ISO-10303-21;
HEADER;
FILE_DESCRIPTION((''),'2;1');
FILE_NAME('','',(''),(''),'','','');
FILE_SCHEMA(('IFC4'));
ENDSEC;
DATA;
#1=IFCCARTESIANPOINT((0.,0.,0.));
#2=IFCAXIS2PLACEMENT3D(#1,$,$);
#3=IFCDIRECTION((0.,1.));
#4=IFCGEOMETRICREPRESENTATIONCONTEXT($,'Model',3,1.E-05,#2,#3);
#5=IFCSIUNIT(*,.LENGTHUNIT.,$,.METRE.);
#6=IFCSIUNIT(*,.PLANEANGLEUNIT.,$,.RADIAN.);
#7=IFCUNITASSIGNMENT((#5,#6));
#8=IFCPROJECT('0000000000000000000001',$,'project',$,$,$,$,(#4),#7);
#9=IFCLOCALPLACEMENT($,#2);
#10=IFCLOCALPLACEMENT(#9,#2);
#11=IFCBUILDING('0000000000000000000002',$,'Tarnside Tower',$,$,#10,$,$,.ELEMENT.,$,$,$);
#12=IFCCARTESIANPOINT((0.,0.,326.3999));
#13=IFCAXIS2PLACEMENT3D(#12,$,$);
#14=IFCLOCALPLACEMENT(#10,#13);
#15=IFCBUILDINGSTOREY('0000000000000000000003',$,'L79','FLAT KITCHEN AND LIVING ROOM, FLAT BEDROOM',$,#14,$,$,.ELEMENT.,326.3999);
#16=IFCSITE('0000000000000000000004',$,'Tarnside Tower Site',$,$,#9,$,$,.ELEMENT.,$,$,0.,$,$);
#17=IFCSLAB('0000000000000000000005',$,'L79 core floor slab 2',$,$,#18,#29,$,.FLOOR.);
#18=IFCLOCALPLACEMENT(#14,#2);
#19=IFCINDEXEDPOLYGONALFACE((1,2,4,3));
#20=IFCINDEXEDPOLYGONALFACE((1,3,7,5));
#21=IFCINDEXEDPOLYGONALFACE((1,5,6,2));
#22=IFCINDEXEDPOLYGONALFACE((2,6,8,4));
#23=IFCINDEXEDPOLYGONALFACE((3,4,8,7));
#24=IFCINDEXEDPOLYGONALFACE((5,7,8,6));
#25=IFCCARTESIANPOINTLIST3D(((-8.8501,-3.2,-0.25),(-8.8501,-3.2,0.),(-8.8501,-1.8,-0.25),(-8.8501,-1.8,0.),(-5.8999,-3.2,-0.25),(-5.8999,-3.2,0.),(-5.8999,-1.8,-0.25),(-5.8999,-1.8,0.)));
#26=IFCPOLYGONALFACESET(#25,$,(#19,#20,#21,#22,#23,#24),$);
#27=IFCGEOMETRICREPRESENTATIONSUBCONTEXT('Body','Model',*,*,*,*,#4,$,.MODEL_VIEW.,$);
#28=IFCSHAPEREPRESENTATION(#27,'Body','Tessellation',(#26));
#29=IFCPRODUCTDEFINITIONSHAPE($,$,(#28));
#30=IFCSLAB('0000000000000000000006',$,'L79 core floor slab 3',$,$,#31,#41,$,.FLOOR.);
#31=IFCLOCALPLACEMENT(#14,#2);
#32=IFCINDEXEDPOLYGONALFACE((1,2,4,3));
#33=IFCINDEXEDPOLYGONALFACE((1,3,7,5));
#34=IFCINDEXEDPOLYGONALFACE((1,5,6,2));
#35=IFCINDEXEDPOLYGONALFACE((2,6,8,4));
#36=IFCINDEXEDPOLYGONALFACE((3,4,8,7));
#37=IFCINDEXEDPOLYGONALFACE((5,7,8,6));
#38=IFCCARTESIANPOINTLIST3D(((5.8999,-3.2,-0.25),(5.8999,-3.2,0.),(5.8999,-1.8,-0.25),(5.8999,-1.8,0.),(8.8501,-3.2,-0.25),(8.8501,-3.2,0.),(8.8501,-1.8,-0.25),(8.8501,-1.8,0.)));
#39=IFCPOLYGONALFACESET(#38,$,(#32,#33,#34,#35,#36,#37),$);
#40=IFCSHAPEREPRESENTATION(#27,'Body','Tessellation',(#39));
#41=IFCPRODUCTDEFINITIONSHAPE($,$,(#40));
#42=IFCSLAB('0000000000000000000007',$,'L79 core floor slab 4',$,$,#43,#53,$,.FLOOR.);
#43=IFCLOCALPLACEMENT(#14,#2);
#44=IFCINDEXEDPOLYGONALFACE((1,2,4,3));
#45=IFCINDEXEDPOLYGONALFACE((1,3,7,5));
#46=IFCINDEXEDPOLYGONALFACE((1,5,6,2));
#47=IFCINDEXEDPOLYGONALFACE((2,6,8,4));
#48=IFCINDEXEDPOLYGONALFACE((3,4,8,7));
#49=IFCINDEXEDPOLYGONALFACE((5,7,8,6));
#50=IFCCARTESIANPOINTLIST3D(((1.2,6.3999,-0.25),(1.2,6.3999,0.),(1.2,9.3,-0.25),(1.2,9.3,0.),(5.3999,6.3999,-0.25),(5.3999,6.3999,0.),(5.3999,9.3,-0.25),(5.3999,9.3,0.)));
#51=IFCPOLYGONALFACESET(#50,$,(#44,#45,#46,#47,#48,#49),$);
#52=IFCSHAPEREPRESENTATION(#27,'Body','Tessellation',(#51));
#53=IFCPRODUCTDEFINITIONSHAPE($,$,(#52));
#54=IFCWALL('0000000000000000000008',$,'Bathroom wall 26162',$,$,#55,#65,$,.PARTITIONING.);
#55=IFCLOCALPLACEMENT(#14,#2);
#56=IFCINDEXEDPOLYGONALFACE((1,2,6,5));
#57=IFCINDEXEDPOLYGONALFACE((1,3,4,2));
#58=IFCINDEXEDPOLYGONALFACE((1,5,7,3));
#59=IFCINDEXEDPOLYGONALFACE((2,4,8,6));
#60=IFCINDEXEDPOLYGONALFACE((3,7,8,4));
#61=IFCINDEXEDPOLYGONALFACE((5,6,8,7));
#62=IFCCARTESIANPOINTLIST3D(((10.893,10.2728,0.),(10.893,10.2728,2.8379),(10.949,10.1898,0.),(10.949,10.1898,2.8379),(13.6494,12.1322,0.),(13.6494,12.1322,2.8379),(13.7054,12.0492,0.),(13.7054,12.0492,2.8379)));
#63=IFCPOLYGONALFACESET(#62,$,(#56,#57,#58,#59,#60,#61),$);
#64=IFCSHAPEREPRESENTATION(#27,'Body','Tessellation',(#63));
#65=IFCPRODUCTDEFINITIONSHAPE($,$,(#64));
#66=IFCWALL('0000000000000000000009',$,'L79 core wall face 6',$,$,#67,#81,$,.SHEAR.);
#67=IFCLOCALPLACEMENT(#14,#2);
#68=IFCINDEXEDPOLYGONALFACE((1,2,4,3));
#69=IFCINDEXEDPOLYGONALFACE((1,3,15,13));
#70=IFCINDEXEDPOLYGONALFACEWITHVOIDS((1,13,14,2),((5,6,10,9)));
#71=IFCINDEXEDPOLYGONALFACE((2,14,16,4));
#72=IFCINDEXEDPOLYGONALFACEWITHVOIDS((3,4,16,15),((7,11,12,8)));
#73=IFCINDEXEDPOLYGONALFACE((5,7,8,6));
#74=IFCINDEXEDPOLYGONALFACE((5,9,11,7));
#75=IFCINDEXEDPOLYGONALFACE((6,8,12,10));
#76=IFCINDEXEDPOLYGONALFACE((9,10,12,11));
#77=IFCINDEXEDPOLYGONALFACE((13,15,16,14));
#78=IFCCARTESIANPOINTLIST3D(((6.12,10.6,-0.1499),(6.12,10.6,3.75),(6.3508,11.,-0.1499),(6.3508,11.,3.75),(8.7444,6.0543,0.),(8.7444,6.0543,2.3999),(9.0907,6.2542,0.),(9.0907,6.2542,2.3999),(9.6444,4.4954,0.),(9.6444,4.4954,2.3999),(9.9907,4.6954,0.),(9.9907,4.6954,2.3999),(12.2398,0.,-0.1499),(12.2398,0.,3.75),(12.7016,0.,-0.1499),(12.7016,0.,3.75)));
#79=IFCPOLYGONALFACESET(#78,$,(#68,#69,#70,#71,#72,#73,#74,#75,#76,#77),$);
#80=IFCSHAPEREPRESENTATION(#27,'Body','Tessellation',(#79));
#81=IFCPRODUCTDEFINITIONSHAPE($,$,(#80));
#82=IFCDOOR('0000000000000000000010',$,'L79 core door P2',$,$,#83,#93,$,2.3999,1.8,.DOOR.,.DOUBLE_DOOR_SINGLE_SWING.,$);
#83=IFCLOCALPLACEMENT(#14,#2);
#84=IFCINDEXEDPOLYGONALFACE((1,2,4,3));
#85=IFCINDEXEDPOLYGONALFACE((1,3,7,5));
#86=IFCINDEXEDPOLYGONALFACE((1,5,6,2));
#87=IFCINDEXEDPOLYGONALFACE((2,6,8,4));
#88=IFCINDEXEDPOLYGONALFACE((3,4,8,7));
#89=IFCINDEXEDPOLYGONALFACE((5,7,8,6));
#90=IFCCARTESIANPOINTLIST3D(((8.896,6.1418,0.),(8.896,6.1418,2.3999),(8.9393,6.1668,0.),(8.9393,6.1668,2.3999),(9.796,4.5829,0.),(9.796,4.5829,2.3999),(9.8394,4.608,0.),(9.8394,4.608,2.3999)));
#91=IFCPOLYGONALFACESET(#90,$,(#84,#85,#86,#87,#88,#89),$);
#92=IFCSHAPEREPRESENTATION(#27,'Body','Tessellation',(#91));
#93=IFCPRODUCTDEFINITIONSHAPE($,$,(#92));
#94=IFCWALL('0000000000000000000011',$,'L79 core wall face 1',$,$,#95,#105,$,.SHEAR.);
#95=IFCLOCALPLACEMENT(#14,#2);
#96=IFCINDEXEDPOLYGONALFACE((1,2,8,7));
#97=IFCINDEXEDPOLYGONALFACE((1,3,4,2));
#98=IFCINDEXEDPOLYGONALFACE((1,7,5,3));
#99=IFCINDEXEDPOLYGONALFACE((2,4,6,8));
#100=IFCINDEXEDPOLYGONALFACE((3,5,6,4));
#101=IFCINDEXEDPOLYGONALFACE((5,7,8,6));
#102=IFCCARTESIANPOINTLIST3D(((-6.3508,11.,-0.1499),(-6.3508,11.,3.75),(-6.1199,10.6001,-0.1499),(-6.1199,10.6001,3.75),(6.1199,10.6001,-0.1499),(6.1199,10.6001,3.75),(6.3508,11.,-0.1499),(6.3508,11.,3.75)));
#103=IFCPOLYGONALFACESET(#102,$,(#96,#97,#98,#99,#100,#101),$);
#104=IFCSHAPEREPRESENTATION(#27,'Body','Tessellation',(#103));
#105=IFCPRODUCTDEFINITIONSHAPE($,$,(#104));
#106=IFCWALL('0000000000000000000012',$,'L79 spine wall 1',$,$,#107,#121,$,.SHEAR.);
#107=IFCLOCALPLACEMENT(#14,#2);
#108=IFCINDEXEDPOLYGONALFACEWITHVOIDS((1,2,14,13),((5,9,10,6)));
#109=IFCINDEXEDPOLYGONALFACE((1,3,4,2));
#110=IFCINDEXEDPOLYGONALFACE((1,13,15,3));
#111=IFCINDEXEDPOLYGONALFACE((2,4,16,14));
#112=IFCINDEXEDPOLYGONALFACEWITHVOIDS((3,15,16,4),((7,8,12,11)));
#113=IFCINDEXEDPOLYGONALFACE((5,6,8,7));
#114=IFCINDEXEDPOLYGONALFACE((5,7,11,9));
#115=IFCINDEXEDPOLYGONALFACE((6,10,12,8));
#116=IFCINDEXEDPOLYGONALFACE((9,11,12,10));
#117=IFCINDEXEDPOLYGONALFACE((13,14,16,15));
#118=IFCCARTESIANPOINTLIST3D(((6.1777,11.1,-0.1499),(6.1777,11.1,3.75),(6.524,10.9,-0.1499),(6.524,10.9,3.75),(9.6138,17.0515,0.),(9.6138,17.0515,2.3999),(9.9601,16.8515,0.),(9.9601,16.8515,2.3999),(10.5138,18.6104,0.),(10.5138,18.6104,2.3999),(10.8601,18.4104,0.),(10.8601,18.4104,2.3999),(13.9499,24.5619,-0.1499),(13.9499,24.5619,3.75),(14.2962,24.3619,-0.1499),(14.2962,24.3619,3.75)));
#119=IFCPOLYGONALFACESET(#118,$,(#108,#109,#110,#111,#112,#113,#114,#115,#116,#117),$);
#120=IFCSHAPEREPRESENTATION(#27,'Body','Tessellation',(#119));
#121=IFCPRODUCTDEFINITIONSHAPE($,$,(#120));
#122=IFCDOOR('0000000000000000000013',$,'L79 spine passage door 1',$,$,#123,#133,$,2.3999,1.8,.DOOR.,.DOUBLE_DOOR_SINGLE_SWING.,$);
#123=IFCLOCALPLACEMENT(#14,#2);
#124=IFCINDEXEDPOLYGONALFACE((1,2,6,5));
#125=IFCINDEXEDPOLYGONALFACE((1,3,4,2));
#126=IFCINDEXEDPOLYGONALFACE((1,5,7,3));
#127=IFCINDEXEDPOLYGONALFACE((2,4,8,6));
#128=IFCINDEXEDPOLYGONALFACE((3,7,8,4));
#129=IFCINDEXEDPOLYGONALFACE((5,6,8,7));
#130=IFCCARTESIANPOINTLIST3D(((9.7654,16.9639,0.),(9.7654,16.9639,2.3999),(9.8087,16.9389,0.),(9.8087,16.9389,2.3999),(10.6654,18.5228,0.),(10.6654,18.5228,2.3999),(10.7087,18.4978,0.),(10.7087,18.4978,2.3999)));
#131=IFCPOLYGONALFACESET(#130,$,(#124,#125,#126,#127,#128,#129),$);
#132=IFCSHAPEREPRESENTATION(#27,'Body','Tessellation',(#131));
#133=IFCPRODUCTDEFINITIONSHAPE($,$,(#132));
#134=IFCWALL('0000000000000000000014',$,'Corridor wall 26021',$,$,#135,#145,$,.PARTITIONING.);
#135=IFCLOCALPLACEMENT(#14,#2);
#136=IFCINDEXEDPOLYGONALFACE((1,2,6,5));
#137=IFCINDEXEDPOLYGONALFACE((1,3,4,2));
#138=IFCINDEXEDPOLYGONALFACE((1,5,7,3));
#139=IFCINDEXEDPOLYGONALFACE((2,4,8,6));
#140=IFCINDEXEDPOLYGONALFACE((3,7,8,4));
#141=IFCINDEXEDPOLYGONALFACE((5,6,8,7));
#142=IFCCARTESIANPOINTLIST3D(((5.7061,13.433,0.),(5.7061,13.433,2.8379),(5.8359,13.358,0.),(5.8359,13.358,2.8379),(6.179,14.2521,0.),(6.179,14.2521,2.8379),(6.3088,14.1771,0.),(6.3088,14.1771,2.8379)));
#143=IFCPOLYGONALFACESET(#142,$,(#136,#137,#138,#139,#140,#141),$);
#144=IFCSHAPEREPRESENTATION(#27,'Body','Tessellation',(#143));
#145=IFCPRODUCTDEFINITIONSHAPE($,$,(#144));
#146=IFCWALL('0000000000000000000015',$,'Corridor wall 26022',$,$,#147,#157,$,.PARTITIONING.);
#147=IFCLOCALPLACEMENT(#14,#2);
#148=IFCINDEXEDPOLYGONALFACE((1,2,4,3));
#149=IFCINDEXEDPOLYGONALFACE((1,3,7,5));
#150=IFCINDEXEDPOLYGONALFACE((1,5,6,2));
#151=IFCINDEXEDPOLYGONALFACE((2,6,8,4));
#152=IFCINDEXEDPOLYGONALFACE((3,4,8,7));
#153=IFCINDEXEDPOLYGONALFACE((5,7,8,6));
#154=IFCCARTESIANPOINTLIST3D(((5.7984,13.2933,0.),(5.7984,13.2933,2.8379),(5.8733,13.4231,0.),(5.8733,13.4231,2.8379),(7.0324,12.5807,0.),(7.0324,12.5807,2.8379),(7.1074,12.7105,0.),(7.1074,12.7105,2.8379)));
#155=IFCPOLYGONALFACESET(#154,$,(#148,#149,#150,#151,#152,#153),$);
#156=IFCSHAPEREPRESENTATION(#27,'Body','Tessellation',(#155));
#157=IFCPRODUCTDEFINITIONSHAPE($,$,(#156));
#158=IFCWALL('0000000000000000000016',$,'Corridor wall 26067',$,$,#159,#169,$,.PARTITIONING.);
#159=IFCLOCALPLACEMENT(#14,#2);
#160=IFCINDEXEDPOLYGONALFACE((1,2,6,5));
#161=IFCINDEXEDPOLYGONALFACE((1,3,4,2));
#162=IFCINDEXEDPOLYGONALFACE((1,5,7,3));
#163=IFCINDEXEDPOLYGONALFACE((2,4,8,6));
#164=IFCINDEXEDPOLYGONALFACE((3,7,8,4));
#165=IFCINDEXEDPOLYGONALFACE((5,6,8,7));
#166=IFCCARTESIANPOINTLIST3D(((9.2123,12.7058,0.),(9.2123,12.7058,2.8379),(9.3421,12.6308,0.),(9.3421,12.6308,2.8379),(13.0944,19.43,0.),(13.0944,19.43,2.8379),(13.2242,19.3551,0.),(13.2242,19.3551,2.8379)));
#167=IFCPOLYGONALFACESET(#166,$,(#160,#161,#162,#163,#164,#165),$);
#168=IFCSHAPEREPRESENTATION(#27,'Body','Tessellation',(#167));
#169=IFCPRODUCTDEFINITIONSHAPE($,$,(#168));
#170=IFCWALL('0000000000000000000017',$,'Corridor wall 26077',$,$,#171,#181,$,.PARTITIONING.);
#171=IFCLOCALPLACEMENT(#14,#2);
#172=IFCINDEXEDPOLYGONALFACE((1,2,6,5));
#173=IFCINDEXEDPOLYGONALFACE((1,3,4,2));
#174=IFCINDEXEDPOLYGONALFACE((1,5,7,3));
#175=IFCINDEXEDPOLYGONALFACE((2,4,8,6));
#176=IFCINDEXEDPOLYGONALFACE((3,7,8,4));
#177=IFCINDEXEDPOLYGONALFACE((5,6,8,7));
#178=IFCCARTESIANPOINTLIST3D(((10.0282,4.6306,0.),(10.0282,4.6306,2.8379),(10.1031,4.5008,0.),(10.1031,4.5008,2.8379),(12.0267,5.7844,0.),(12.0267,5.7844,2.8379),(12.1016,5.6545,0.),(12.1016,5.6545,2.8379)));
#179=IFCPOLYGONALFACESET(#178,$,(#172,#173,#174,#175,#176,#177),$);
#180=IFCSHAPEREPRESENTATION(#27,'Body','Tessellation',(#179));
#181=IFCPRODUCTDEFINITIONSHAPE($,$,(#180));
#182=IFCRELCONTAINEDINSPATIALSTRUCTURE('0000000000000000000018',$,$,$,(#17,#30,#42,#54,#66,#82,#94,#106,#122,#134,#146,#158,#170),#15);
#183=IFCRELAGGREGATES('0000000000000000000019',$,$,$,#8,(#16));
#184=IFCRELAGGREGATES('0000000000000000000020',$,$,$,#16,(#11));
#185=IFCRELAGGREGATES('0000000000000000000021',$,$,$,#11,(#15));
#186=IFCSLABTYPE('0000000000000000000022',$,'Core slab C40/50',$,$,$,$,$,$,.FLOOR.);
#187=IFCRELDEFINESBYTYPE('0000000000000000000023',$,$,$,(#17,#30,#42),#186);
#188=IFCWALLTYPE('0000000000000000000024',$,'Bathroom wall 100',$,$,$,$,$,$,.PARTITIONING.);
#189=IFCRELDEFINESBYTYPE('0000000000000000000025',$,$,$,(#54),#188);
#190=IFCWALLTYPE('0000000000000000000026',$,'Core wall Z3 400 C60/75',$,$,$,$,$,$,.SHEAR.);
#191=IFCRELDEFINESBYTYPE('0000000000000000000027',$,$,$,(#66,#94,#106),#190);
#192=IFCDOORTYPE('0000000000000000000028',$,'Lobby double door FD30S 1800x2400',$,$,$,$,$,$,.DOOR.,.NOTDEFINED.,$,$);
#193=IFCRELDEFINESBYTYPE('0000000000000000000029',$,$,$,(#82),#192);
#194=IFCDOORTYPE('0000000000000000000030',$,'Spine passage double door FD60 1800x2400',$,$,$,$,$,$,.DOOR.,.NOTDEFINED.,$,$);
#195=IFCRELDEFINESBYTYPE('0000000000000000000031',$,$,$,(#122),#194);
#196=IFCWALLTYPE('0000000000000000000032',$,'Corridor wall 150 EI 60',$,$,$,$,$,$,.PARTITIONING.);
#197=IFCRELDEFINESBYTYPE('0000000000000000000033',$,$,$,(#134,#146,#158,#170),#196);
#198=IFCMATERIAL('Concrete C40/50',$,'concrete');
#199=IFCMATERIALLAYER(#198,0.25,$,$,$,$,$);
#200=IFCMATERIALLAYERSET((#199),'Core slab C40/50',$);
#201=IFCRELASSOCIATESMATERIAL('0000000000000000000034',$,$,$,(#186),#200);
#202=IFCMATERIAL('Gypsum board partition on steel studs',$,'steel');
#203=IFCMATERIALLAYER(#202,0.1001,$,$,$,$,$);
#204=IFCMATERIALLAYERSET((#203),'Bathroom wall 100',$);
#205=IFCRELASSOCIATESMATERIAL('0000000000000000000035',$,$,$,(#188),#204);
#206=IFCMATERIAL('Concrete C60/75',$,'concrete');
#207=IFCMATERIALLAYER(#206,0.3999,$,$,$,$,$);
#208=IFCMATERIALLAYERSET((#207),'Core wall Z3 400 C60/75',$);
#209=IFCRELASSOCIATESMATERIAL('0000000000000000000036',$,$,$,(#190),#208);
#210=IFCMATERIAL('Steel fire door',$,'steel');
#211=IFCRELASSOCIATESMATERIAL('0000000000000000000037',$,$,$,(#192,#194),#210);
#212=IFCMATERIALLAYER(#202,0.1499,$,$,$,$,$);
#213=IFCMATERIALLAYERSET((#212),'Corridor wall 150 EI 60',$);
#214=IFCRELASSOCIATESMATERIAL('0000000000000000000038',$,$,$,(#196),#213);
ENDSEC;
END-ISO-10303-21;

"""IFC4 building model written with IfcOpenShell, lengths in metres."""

from ifc_helpers import new_model, si_unit, direction, frame, frame_2d, origin, place, context, subcontext, project, spatial, polyline, rectangle, outline, extrude, material, layer, layer_set, type_object, element, fill, save


model = new_model("IFC4")

# Units and contexts
model_context = context("Model", 3, precision=1e-05, world=origin(), true_north=direction((0.0, 1.0)))
body_context = subcontext(model_context, "Body", "Model", "MODEL_VIEW")
ifc_project = project(units=[si_unit("LENGTHUNIT", "METRE"), si_unit("PLANEANGLEUNIT", "RADIAN")], contexts=[model_context])

# Site, building, storey
site_placement = place(None, origin())
site = spatial("IfcSite", under=ifc_project, at=site_placement, Name="Tarnside Tower Site", CompositionType="ELEMENT", RefElevation=0.0)
building_placement = place(site_placement, origin())
building = spatial("IfcBuilding", under=site, at=building_placement, Name="Tarnside Tower", CompositionType="ELEMENT")
storey_placement = place(building_placement, frame((0.0, 0.0, 326.3999)))
storey = spatial("IfcBuildingStorey", under=building, at=storey_placement, Name="L79", Description="FLAT KITCHEN AND LIVING ROOM, FLAT BEDROOM", CompositionType="ELEMENT", Elevation=326.3999)

# Slabs
ifc_material_1 = material(Name="Concrete C40/50", Category="concrete")
ifc_layer_1 = layer(ifc_material_1, 0.25)
ifc_layer_set_1 = layer_set([ifc_layer_1], Name="Core slab C40/50")
slab_type = type_object("IfcSlabType", Name="Core slab C40/50", PredefinedType="FLOOR", material=ifc_layer_set_1)
slab_1_placement = place(storey_placement, frame((0.0, 0.0, -0.25)))
element("IfcSlab", 1, at=slab_1_placement, inside=storey, type_object=slab_type, Name="L79 core floor slab 2", PredefinedType="FLOOR", context=body_context, shape_type="SweptSolid", body=[
    extrude(outline(polyline([(-8.8501, -3.2), (-8.8501, -1.8), (-5.8999, -1.8), (-5.8999, -3.2), (-8.8501, -3.2)])), origin(), (0.0, 0.0, 1.0), 0.25),
])
slab_2_placement = place(storey_placement, frame((0.0, 0.0, -0.25)))
element("IfcSlab", 2, at=slab_2_placement, inside=storey, type_object=slab_type, Name="L79 core floor slab 3", PredefinedType="FLOOR", context=body_context, shape_type="SweptSolid", body=[
    extrude(outline(polyline([(5.8999, -1.8), (8.8501, -1.8), (8.8501, -3.2), (5.8999, -3.2), (5.8999, -1.8)])), origin(), (0.0, 0.0, 1.0), 0.25),
])
slab_3_placement = place(storey_placement, frame((0.0, 0.0, -0.25)))
element("IfcSlab", 3, at=slab_3_placement, inside=storey, type_object=slab_type, Name="L79 core floor slab 4", PredefinedType="FLOOR", context=body_context, shape_type="SweptSolid", body=[
    extrude(outline(polyline([(5.3999, 6.3999), (1.2, 6.3999), (1.2, 9.3), (5.3999, 9.3), (5.3999, 6.3999)])), origin(), (0.0, 0.0, 1.0), 0.25),
])

# Wall
ifc_material_2 = material(Name="Gypsum board partition on steel studs", Category="steel")
ifc_layer_2 = layer(ifc_material_2, 0.1001)
ifc_layer_set_2 = layer_set([ifc_layer_2], Name="Bathroom wall 100")
wall_type_1 = type_object("IfcWallType", Name="Bathroom wall 100", PredefinedType="PARTITIONING", material=ifc_layer_set_2)
wall_1_placement = place(storey_placement, frame((10.9209, 10.2312, 0.0), z_axis=(0.0, 0.0, 1.0), x_axis=(0.82901, 0.559233, 0.0)))
element("IfcWall", 4, at=wall_1_placement, inside=storey, type_object=wall_type_1, Name="Bathroom wall 26162", PredefinedType="PARTITIONING", context=body_context, shape_type="SweptSolid", body=[
    extrude(rectangle(XDim=3.325, YDim=0.1001, at=frame_2d((1.6626, 0.0))), origin(), (0.0, 0.0, 1.0), 2.8379),
])

# Wall, opening, door
ifc_material_3 = material(Name="Concrete C60/75", Category="concrete")
ifc_layer_3 = layer(ifc_material_3, 0.3999)
ifc_layer_set_3 = layer_set([ifc_layer_3], Name="Core wall Z3 400 C60/75")
wall_type_2 = type_object("IfcWallType", Name="Core wall Z3 400 C60/75", PredefinedType="SHEAR", material=ifc_layer_set_3)
wall_2_placement = place(storey_placement, frame((12.4707, 0.0, -0.1499), z_axis=(0.0, 0.0, 1.0), x_axis=(-0.499996, 0.866027, 0.0)))
wall_2 = element("IfcWall", 5, at=wall_2_placement, inside=storey, type_object=wall_type_2, Name="L79 core wall face 6", PredefinedType="SHEAR", context=body_context, shape_type="SweptSolid", body=[
    extrude(outline(polyline([(-0.1155, -0.2), (12.5862, -0.2), (12.3552, 0.2), (0.1155, 0.2), (-0.1155, -0.2)])), origin(), (0.0, 0.0, 1.0), 3.8999),
])
opening_1_placement = place(wall_2_placement, frame((5.3064, 0.0, 0.1499)))
opening_1 = element("IfcOpeningElement", 6, at=opening_1_placement, cuts=wall_2, PredefinedType="OPENING", context=body_context, shape_type="SweptSolid", body=[
    extrude(rectangle(XDim=1.8, YDim=2.3999, at=frame_2d((0.8999, 1.2))), frame((0.0, 0.21, 0.0), z_axis=(0.0, -1.0, 0.0), x_axis=(1.0, 0.0, 0.0)), (0.0, 0.0, 1.0), 0.4199),
])
ifc_material_4 = material(Name="Steel fire door", Category="steel")
door_type_1 = type_object("IfcDoorType", Name="Lobby double door FD30S 1800x2400", OperationType="NOTDEFINED", PredefinedType="DOOR", material=ifc_material_4)
door_1_placement = place(opening_1_placement, origin())
door_1 = element("IfcDoor", 7, at=door_1_placement, inside=storey, type_object=door_type_1, Name="L79 core door P2", OperationType="DOUBLE_DOOR_SINGLE_SWING", OverallHeight=2.3999, OverallWidth=1.8, PredefinedType="DOOR", context=body_context, shape_type="SweptSolid", body=[
    extrude(rectangle(XDim=1.8, YDim=2.3999, at=frame_2d((0.8999, 1.2))), frame((0.0, 0.0249, 0.0), z_axis=(0.0, -1.0, 0.0), x_axis=(1.0, 0.0, 0.0)), (0.0, 0.0, 1.0), 0.05),
])
fill(opening_1, door_1)

# Wall
wall_3_placement = place(storey_placement, frame((6.2354, 10.8, -0.1499), z_axis=(0.0, 0.0, 1.0), x_axis=(-1.0, 0.0, 0.0)))
element("IfcWall", 8, at=wall_3_placement, inside=storey, type_object=wall_type_2, Name="L79 core wall face 1", PredefinedType="SHEAR", context=body_context, shape_type="SweptSolid", body=[
    extrude(outline(polyline([(-0.1155, -0.2), (12.5862, -0.2), (12.3552, 0.2), (0.1155, 0.2), (-0.1155, -0.2)])), origin(), (0.0, 0.0, 1.0), 3.8999),
])

# Wall, opening, door
wall_4_placement = place(storey_placement, frame((6.3508, 11.0, -0.1499), z_axis=(0.0, 0.0, 1.0), x_axis=(0.499999, 0.866026, 0.0)))
wall_4 = element("IfcWall", 9, at=wall_4_placement, inside=storey, type_object=wall_type_2, Name="L79 spine wall 1", PredefinedType="SHEAR", context=body_context, shape_type="SweptSolid", body=[
    extrude(rectangle(XDim=15.5444, YDim=0.3999, at=frame_2d((7.7722, 0.0))), origin(), (0.0, 0.0, 1.0), 3.8999),
])
opening_2_placement = place(wall_4_placement, frame((6.8723, 0.0, 0.1499)))
opening_2 = element("IfcOpeningElement", 10, at=opening_2_placement, cuts=wall_4, PredefinedType="OPENING", context=body_context, shape_type="SweptSolid", body=[
    extrude(rectangle(XDim=1.8, YDim=2.3999, at=frame_2d((0.8999, 1.2))), frame((0.0, 0.21, 0.0), z_axis=(0.0, -1.0, 0.0), x_axis=(1.0, 0.0, 0.0)), (0.0, 0.0, 1.0), 0.4199),
])
door_type_2 = type_object("IfcDoorType", Name="Spine passage double door FD60 1800x2400", OperationType="NOTDEFINED", PredefinedType="DOOR", material=ifc_material_4)
door_2_placement = place(opening_2_placement, origin())
door_2 = element("IfcDoor", 11, at=door_2_placement, inside=storey, type_object=door_type_2, Name="L79 spine passage door 1", OperationType="DOUBLE_DOOR_SINGLE_SWING", OverallHeight=2.3999, OverallWidth=1.8, PredefinedType="DOOR", context=body_context, shape_type="SweptSolid", body=[
    extrude(rectangle(XDim=1.8, YDim=2.3999, at=frame_2d((0.8999, 1.2))), frame((0.0, 0.0249, 0.0), z_axis=(0.0, -1.0, 0.0), x_axis=(1.0, 0.0, 0.0)), (0.0, 0.0, 1.0), 0.05),
])
fill(opening_2, door_2)

# Walls
ifc_layer_4 = layer(ifc_material_2, 0.1499)
ifc_layer_set_4 = layer_set([ifc_layer_4], Name="Corridor wall 150 EI 60")
wall_type_3 = type_object("IfcWallType", Name="Corridor wall 150 EI 60", PredefinedType="PARTITIONING", material=ifc_layer_set_4)
wall_5_placement = place(storey_placement, frame((6.2439, 14.2146, 0.0), z_axis=(0.0, 0.0, 1.0), x_axis=(-0.499998, -0.866027, 0.0)))
element("IfcWall", 12, at=wall_5_placement, inside=storey, type_object=wall_type_3, Name="Corridor wall 26021", PredefinedType="PARTITIONING", context=body_context, shape_type="SweptSolid", body=[
    extrude(rectangle(XDim=0.9458, YDim=0.1499, at=frame_2d((0.4729, 0.0))), origin(), (0.0, 0.0, 1.0), 2.8379),
])
wall_6_placement = place(storey_placement, frame((5.8359, 13.3582, 0.0), z_axis=(0.0, 0.0, 1.0), x_axis=(0.865989, -0.500064, 0.0)))
element("IfcWall", 13, at=wall_6_placement, inside=storey, type_object=wall_type_3, Name="Corridor wall 26022", PredefinedType="PARTITIONING", context=body_context, shape_type="SweptSolid", body=[
    extrude(rectangle(XDim=1.425, YDim=0.1499, at=frame_2d((0.7124, 0.0))), origin(), (0.0, 0.0, 1.0), 2.8379),
])
wall_7_placement = place(storey_placement, frame((9.2771, 12.6682, 0.0), z_axis=(0.0, 0.0, 1.0), x_axis=(0.499991, 0.866031, 0.0)))
element("IfcWall", 14, at=wall_7_placement, inside=storey, type_object=wall_type_3, Name="Corridor wall 26067", PredefinedType="PARTITIONING", context=body_context, shape_type="SweptSolid", body=[
    extrude(rectangle(XDim=7.7644, YDim=0.1499, at=frame_2d((3.8823, 0.0))), origin(), (0.0, 0.0, 1.0), 2.8379),
])
wall_8_placement = place(storey_placement, frame((10.0657, 4.5657, 0.0), z_axis=(0.0, 0.0, 1.0), x_axis=(0.866034, 0.499985, 0.0)))
element("IfcWall", 15, at=wall_8_placement, inside=storey, type_object=wall_type_3, Name="Corridor wall 26077", PredefinedType="PARTITIONING", context=body_context, shape_type="SweptSolid", body=[
    extrude(rectangle(XDim=2.3076, YDim=0.1499, at=frame_2d((1.1538, 0.0))), origin(), (0.0, 0.0, 1.0), 2.8379),
])

save(model, "model.ifc")
